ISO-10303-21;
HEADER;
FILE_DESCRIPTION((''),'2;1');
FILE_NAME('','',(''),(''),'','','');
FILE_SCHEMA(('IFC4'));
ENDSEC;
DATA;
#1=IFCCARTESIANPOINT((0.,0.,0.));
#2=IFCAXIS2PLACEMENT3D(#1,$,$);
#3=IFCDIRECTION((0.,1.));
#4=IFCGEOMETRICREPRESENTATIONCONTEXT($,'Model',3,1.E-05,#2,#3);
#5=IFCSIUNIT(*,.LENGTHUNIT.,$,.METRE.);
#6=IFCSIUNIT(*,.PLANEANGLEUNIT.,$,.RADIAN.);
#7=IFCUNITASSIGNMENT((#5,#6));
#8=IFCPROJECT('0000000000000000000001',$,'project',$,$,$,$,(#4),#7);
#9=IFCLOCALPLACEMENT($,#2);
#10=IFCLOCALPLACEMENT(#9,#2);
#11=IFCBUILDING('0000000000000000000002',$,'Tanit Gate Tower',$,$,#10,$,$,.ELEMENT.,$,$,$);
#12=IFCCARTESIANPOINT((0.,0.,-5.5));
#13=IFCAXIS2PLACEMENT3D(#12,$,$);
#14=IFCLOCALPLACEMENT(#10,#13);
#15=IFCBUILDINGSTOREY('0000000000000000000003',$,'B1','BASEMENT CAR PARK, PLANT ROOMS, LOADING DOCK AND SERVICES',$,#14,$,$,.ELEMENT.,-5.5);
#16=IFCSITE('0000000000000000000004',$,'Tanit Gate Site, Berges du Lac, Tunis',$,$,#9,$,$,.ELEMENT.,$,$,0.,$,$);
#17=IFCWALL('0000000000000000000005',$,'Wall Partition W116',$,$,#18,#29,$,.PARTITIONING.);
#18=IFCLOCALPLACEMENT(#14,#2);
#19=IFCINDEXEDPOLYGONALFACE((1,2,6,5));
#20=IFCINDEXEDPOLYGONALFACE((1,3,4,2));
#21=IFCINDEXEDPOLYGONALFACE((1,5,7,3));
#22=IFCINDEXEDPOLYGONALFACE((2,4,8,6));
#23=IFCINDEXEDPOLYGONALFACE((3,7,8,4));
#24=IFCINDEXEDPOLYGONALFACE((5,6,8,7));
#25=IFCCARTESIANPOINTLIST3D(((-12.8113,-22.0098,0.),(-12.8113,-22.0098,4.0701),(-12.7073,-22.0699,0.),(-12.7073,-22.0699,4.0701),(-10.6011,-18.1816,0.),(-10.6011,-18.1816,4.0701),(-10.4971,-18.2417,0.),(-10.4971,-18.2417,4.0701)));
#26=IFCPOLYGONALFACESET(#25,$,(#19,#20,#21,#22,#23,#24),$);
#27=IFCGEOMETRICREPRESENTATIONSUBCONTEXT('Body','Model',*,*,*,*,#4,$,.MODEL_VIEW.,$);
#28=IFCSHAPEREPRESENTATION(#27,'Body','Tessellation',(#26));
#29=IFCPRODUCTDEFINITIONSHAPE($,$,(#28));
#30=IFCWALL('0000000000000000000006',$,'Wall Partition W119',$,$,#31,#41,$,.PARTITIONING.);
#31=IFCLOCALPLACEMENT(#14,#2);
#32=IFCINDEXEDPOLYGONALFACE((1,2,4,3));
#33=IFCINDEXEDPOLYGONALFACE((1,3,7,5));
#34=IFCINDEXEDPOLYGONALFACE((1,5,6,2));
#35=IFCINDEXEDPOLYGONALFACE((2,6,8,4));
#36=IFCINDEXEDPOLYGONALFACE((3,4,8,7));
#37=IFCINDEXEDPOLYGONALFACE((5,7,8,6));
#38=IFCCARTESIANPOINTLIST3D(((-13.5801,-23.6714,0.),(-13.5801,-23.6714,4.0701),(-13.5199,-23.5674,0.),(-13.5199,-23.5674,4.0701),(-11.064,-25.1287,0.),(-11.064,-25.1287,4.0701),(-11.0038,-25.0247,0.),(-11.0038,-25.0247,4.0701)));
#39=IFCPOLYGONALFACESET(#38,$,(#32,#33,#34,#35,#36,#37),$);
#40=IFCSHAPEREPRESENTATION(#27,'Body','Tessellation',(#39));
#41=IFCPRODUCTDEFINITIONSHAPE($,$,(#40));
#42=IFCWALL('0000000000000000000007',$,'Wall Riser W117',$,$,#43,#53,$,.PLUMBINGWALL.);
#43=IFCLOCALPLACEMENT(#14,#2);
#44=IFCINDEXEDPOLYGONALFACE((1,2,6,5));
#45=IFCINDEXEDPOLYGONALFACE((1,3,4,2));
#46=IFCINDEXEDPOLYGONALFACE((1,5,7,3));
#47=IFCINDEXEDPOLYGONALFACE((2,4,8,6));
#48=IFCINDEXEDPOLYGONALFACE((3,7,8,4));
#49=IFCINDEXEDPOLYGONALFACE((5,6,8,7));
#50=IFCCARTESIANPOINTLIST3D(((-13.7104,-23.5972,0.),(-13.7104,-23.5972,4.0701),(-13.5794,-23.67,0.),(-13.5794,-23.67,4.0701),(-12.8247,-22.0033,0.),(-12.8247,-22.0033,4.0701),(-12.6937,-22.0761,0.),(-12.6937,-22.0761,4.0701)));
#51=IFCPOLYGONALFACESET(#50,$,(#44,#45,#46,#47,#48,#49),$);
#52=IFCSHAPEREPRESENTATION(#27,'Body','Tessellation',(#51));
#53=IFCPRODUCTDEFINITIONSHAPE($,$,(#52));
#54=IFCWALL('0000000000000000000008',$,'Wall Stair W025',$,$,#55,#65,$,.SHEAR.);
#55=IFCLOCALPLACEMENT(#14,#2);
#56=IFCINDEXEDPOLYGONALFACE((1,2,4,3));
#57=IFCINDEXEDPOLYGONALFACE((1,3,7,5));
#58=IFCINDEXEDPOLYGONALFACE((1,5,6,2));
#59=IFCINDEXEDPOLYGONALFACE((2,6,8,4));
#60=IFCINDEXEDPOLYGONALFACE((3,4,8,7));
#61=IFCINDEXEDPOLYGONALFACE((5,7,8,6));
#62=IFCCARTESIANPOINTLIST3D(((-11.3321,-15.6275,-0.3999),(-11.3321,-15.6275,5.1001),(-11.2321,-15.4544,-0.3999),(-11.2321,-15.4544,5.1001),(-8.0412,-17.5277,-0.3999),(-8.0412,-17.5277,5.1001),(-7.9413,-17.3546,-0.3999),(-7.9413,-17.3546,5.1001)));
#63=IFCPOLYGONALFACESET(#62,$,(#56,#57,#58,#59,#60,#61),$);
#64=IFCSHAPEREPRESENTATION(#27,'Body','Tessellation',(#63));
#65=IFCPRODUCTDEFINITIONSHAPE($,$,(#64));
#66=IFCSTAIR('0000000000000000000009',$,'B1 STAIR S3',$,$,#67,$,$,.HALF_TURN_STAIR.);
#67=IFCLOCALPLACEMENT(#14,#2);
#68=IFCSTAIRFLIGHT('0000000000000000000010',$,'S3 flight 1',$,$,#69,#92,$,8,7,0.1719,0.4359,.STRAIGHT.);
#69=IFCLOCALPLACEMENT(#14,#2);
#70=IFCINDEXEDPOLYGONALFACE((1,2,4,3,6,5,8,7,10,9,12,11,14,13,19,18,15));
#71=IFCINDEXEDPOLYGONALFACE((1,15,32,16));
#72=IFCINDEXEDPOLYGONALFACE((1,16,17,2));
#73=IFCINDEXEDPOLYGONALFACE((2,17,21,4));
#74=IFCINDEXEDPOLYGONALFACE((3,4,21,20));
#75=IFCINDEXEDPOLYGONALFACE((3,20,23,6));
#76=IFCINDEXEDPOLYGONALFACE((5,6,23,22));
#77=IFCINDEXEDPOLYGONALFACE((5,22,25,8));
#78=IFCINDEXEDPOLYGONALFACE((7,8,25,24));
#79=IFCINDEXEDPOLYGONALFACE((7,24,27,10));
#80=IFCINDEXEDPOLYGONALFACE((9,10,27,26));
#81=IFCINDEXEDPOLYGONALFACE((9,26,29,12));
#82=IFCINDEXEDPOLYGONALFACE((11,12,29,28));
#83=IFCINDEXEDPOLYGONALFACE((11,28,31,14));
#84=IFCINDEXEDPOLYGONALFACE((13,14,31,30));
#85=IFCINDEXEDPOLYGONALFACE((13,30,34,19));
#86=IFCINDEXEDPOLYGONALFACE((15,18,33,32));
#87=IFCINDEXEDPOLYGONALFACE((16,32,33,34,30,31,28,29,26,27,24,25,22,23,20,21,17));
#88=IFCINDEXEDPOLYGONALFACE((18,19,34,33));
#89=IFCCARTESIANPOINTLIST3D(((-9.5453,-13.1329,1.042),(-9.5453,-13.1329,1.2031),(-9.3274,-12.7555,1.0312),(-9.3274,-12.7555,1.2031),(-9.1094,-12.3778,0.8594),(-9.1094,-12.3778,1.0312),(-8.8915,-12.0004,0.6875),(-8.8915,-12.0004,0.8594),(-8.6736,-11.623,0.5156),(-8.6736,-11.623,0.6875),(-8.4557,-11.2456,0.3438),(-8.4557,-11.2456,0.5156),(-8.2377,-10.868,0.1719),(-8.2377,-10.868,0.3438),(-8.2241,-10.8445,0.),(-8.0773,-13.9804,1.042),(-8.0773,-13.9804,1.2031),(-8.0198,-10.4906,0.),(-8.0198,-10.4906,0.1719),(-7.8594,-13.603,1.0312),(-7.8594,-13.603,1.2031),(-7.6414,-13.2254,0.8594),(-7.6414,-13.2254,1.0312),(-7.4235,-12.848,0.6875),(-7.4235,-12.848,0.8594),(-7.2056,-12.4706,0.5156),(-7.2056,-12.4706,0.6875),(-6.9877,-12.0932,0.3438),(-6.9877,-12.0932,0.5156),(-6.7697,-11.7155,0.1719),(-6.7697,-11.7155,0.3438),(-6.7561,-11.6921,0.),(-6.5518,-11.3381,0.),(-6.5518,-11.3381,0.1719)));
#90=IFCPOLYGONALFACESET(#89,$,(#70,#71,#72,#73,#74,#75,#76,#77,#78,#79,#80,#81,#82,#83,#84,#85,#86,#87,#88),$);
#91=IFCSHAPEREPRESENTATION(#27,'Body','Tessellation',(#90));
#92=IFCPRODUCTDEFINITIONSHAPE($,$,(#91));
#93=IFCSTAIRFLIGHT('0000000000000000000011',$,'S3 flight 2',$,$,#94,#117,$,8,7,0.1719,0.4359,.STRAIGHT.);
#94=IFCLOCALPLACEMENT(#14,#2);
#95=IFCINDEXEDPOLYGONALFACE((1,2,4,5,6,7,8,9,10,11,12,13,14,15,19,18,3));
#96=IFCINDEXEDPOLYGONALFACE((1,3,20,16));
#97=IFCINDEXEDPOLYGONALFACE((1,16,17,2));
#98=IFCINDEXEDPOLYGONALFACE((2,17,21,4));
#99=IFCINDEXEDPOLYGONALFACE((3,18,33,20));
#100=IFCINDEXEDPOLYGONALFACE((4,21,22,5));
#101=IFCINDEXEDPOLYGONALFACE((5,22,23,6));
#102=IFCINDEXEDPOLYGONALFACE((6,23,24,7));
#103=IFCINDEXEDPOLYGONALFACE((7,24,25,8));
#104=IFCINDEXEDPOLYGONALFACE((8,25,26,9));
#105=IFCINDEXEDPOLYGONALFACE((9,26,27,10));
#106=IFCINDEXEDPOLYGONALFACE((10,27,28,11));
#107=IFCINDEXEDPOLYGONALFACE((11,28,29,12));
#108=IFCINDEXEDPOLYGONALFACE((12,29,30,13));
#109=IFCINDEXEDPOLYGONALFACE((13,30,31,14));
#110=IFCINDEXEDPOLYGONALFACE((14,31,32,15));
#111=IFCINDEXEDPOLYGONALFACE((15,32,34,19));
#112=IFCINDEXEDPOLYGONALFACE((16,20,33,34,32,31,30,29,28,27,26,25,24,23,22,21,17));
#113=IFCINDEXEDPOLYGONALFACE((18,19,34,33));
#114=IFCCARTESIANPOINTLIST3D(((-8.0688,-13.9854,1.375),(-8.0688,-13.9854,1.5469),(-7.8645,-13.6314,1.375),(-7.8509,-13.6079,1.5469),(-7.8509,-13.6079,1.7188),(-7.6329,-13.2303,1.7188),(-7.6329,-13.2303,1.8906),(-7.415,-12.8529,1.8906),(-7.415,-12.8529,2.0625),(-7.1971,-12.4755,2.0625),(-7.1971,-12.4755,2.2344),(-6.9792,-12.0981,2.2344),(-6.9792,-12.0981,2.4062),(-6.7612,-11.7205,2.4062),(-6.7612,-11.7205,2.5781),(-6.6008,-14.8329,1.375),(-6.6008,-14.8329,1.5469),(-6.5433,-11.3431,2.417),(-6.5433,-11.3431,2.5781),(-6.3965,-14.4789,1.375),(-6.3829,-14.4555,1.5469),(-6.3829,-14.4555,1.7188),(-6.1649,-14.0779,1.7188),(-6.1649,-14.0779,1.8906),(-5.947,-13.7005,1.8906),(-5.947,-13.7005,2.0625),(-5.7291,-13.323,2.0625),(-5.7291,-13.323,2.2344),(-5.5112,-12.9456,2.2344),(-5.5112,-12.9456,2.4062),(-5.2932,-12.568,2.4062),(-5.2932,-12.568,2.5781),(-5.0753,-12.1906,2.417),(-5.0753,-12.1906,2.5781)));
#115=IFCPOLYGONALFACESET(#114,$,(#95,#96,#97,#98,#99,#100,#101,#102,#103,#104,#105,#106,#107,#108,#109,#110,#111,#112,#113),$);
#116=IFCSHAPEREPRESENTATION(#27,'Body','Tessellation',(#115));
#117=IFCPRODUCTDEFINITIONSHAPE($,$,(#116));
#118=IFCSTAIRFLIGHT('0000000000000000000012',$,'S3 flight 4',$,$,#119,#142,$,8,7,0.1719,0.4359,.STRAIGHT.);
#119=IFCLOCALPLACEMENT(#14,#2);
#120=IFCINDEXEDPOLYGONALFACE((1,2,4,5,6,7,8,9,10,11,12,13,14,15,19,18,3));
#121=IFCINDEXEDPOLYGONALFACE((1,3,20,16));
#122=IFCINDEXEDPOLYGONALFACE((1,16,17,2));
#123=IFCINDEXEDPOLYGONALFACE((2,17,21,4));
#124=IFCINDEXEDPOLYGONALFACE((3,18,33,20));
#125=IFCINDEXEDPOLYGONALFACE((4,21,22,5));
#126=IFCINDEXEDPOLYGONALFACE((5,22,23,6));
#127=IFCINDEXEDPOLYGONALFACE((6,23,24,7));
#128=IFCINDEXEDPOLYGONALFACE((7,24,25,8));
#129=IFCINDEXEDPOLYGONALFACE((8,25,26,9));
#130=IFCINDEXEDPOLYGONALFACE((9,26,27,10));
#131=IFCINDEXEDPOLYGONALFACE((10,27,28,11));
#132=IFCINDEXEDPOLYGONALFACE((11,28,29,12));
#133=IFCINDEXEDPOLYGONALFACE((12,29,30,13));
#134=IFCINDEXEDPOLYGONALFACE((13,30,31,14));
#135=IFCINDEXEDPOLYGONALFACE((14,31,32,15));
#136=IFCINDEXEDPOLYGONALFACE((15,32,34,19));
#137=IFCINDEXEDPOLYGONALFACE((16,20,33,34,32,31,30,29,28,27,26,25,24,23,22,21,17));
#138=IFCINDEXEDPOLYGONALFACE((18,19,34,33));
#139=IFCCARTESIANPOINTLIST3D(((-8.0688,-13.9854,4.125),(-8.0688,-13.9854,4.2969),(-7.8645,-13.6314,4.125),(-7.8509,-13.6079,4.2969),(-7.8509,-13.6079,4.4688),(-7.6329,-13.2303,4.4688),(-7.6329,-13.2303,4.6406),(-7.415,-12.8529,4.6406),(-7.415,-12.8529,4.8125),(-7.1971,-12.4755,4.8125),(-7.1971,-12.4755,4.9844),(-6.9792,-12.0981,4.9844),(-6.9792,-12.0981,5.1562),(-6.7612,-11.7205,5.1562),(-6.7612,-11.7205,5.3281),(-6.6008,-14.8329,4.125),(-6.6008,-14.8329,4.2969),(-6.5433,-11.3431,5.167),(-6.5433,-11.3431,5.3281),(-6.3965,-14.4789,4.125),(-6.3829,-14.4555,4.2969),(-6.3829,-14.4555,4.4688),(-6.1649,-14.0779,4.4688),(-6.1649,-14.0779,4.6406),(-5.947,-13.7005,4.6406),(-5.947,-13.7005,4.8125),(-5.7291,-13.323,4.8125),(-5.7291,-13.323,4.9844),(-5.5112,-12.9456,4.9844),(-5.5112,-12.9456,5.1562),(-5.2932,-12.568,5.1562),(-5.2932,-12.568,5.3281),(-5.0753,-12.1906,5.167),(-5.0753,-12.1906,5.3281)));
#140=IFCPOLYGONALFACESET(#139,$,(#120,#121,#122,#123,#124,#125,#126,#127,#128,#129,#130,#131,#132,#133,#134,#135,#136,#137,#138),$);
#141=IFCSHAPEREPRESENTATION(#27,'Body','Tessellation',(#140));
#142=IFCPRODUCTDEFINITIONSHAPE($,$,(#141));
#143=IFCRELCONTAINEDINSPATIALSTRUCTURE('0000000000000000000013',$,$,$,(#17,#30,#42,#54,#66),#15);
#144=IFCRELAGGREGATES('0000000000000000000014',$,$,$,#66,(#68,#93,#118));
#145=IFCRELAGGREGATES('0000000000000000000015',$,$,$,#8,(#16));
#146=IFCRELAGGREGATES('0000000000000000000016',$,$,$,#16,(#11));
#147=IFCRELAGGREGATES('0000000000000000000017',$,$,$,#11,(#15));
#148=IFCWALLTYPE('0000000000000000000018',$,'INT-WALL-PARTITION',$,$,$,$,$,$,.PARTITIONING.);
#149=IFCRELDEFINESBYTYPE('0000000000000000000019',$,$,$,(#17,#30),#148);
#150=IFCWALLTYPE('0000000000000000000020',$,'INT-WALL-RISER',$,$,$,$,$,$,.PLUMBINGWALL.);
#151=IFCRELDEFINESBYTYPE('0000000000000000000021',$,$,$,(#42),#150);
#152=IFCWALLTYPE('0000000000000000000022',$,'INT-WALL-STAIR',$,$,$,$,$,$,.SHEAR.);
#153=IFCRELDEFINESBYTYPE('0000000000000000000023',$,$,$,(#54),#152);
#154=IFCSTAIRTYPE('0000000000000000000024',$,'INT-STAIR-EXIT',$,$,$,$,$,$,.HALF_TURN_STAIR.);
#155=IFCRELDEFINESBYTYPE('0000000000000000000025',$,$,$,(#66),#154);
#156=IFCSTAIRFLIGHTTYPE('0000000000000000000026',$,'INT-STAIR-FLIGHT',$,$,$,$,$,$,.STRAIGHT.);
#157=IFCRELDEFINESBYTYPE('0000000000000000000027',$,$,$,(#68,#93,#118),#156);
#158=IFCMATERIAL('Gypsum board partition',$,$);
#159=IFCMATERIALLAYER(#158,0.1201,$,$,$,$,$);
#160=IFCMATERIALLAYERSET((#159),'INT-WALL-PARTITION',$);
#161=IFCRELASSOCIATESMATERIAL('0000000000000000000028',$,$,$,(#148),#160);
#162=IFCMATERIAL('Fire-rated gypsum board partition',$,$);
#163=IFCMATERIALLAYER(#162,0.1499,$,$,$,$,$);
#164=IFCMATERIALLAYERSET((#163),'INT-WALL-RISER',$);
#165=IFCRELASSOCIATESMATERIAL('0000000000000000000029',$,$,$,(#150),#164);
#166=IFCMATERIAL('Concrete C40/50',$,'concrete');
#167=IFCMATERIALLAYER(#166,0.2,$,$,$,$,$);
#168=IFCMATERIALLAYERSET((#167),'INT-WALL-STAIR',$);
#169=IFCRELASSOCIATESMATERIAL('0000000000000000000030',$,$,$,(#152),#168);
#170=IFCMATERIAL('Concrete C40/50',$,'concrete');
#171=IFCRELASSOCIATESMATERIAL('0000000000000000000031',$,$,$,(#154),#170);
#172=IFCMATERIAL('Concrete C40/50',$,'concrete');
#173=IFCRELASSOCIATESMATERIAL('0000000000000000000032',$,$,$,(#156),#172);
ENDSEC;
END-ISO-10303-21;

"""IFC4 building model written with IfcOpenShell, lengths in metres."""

from ifc_helpers import new_model, si_unit, direction, frame, frame_2d, origin, place, context, subcontext, project, spatial, polyline, rectangle, outline, extrude, material, layer, layer_set, type_object, element, aggregate, save


model = new_model("IFC4")

# Units and contexts
model_context = context("Model", 3, precision=1e-05, world=origin(), true_north=direction((0.0, 1.0)))
body_context = subcontext(model_context, "Body", "Model", "MODEL_VIEW")
ifc_project = project(units=[si_unit("LENGTHUNIT", "METRE"), si_unit("PLANEANGLEUNIT", "RADIAN")], contexts=[model_context])

# Site, building, storey
site_placement = place(None, origin())
site = spatial("IfcSite", under=ifc_project, at=site_placement, Name="Tanit Gate Site, Berges du Lac, Tunis", CompositionType="ELEMENT", RefElevation=0.0)
building_placement = place(site_placement, origin())
building = spatial("IfcBuilding", under=site, at=building_placement, Name="Tanit Gate Tower", CompositionType="ELEMENT")
storey_placement = place(building_placement, frame((0.0, 0.0, -5.5)))
storey = spatial("IfcBuildingStorey", under=building, at=storey_placement, Name="B1", Description="BASEMENT CAR PARK, PLANT ROOMS, LOADING DOCK AND SERVICES", CompositionType="ELEMENT", Elevation=-5.5)

# Walls
ifc_material_1 = material(Name="Gypsum board partition")
ifc_layer_1 = layer(ifc_material_1, 0.1201)
ifc_layer_set_1 = layer_set([ifc_layer_1], Name="INT-WALL-PARTITION")
wall_type_1 = type_object("IfcWallType", Name="INT-WALL-PARTITION", PredefinedType="PARTITIONING", material=ifc_layer_set_1)
wall_1_placement = place(storey_placement, frame((-10.5491, -18.2117, 0.0), z_axis=(0.0, 0.0, 1.0), x_axis=(-0.500006, -0.866022, 0.0)))
element("IfcWall", 1, at=wall_1_placement, inside=storey, type_object=wall_type_1, Name="Wall Partition W116", PredefinedType="PARTITIONING", context=body_context, shape_type="SweptSolid", body=[
    extrude(rectangle(XDim=4.4204, YDim=0.1201, at=frame_2d((2.2102, 0.0))), origin(), (0.0, 0.0, 1.0), 4.0701),
])
wall_2_placement = place(storey_placement, frame((-13.55, -23.6194, 0.0), z_axis=(0.0, 0.0, 1.0), x_axis=(0.86534, -0.501185, 0.0)))
element("IfcWall", 2, at=wall_2_placement, inside=storey, type_object=wall_type_1, Name="Wall Partition W119", PredefinedType="PARTITIONING", context=body_context, shape_type="SweptSolid", body=[
    extrude(rectangle(XDim=2.9077, YDim=0.1201, at=frame_2d((1.4539, 0.0))), origin(), (0.0, 0.0, 1.0), 4.0701),
])
ifc_material_2 = material(Name="Fire-rated gypsum board partition")
ifc_layer_2 = layer(ifc_material_2, 0.1499)
ifc_layer_set_2 = layer_set([ifc_layer_2], Name="INT-WALL-RISER")
wall_type_2 = type_object("IfcWallType", Name="INT-WALL-RISER", PredefinedType="PLUMBINGWALL", material=ifc_layer_set_2)
wall_3_placement = place(storey_placement, frame((-12.7593, -22.0398, 0.0), z_axis=(0.0, 0.0, 1.0), x_axis=(-0.485723, -0.874113, 0.0)))
element("IfcWall", 3, at=wall_3_placement, inside=storey, type_object=wall_type_2, Name="Wall Riser W117", PredefinedType="PLUMBINGWALL", context=body_context, shape_type="SweptSolid", body=[
    extrude(rectangle(XDim=1.8235, YDim=0.1499, at=frame_2d((0.9116, 0.0))), origin(), (0.0, 0.0, 1.0), 4.0701),
])
ifc_material_3 = material(Name="Concrete C40/50", Category="concrete")
ifc_layer_3 = layer(ifc_material_3, 0.2)
ifc_layer_set_3 = layer_set([ifc_layer_3], Name="INT-WALL-STAIR")
wall_type_3 = type_object("IfcWallType", Name="INT-WALL-STAIR", PredefinedType="SHEAR", material=ifc_layer_set_3)
wall_4_placement = place(storey_placement, frame((-11.282, -15.541, -0.3999), z_axis=(0.0, 0.0, 1.0), x_axis=(0.866, -0.500043, 0.0)))
element("IfcWall", 4, at=wall_4_placement, inside=storey, type_object=wall_type_3, Name="Wall Stair W025", PredefinedType="SHEAR", context=body_context, shape_type="SweptSolid", body=[
    extrude(rectangle(XDim=3.8, YDim=0.2, at=frame_2d((1.8999, 0.0))), origin(), (0.0, 0.0, 1.0), 5.5),
])

# Stair, stair flights
ifc_material_4 = material(Name="Concrete C40/50", Category="concrete")
stair_type = type_object("IfcStairType", Name="INT-STAIR-EXIT", PredefinedType="HALF_TURN_STAIR", material=ifc_material_4)
stair_placement = place(storey_placement, origin())
stair = element("IfcStair", 5, at=stair_placement, inside=storey, type_object=stair_type, Name="B1 STAIR S3", PredefinedType="HALF_TURN_STAIR")
ifc_material_5 = material(Name="Concrete C40/50", Category="concrete")
stair_flight_type = type_object("IfcStairFlightType", Name="INT-STAIR-FLIGHT", PredefinedType="STRAIGHT", material=ifc_material_5)
stair_flight_1_placement = place(storey_placement, frame((-7.2859, -10.9143, 0.0), z_axis=(0.0, 0.0, 1.0), x_axis=(-0.5, -0.866025, 0.0)))
stair_flight_1 = element("IfcStairFlight", 6, at=stair_flight_1_placement, type_object=stair_flight_type, Name="S3 flight 1", NumberOfRisers=8, NumberOfTreads=7, PredefinedType="STRAIGHT", RiserHeight=0.1719, TreadLength=0.4359, context=body_context, shape_type="SweptSolid", body=[
    extrude(outline(polyline([(0.0, 0.0), (0.0, 0.1719), (0.4358, 0.1719), (0.4358, 0.3438), (0.8718, 0.3438), (0.8718, 0.5156), (1.3076, 0.5156), (1.3076, 0.6875), (1.7434, 0.6875), (1.7434, 0.8594), (2.1792, 0.8594), (2.1792, 1.0312), (2.6152, 1.0312), (2.6152, 1.2031), (3.051, 1.2031), (3.051, 1.375), (3.051, 1.042), (0.4087, 0.0), (0.0, 0.0)])), frame((0.0, 0.8477, 0.0), z_axis=(0.0, -1.0, 0.0), x_axis=(1.0, 0.0, 0.0)), (0.0, 0.0, 1.0), 1.6951),
])
stair_flight_2_placement = place(storey_placement, frame((-7.3347, -14.4092, 1.375), z_axis=(0.0, 0.0, 1.0), x_axis=(0.5, 0.866025, 0.0)))
stair_flight_2 = element("IfcStairFlight", 7, at=stair_flight_2_placement, type_object=stair_flight_type, Name="S3 flight 2", NumberOfRisers=8, NumberOfTreads=7, PredefinedType="STRAIGHT", RiserHeight=0.1719, TreadLength=0.4359, context=body_context, shape_type="SweptSolid", body=[
    extrude(outline(polyline([(0.0, 0.0), (0.0, 0.1719), (0.4358, 0.1719), (0.4358, 0.3438), (0.8718, 0.3438), (0.8718, 0.5156), (1.3076, 0.5156), (1.3076, 0.6875), (1.7434, 0.6875), (1.7434, 0.8594), (2.1792, 0.8594), (2.1792, 1.0312), (2.6152, 1.0312), (2.6152, 1.2031), (3.051, 1.2031), (3.051, 1.375), (3.051, 1.042), (0.4087, 0.0), (0.0, 0.0)])), frame((0.0, 0.8477, 0.0), z_axis=(0.0, -1.0, 0.0), x_axis=(1.0, 0.0, 0.0)), (0.0, 0.0, 1.0), 1.6951),
])
stair_flight_3_placement = place(storey_placement, frame((-7.3347, -14.4092, 4.125), z_axis=(0.0, 0.0, 1.0), x_axis=(0.5, 0.866025, 0.0)))
stair_flight_3 = element("IfcStairFlight", 8, at=stair_flight_3_placement, type_object=stair_flight_type, Name="S3 flight 4", NumberOfRisers=8, NumberOfTreads=7, PredefinedType="STRAIGHT", RiserHeight=0.1719, TreadLength=0.4359, context=body_context, shape_type="SweptSolid", body=[
    extrude(outline(polyline([(0.0, 0.0), (0.0, 0.1719), (0.4358, 0.1719), (0.4358, 0.3438), (0.8718, 0.3438), (0.8718, 0.5156), (1.3076, 0.5156), (1.3076, 0.6875), (1.7434, 0.6875), (1.7434, 0.8594), (2.1792, 0.8594), (2.1792, 1.0312), (2.6152, 1.0312), (2.6152, 1.2031), (3.051, 1.2031), (3.051, 1.375), (3.051, 1.042), (0.4087, 0.0), (0.0, 0.0)])), frame((0.0, 0.8477, 0.0), z_axis=(0.0, -1.0, 0.0), x_axis=(1.0, 0.0, 0.0)), (0.0, 0.0, 1.0), 1.6951),
])
aggregate(stair, [stair_flight_1, stair_flight_2, stair_flight_3])

save(model, "model.ifc")
